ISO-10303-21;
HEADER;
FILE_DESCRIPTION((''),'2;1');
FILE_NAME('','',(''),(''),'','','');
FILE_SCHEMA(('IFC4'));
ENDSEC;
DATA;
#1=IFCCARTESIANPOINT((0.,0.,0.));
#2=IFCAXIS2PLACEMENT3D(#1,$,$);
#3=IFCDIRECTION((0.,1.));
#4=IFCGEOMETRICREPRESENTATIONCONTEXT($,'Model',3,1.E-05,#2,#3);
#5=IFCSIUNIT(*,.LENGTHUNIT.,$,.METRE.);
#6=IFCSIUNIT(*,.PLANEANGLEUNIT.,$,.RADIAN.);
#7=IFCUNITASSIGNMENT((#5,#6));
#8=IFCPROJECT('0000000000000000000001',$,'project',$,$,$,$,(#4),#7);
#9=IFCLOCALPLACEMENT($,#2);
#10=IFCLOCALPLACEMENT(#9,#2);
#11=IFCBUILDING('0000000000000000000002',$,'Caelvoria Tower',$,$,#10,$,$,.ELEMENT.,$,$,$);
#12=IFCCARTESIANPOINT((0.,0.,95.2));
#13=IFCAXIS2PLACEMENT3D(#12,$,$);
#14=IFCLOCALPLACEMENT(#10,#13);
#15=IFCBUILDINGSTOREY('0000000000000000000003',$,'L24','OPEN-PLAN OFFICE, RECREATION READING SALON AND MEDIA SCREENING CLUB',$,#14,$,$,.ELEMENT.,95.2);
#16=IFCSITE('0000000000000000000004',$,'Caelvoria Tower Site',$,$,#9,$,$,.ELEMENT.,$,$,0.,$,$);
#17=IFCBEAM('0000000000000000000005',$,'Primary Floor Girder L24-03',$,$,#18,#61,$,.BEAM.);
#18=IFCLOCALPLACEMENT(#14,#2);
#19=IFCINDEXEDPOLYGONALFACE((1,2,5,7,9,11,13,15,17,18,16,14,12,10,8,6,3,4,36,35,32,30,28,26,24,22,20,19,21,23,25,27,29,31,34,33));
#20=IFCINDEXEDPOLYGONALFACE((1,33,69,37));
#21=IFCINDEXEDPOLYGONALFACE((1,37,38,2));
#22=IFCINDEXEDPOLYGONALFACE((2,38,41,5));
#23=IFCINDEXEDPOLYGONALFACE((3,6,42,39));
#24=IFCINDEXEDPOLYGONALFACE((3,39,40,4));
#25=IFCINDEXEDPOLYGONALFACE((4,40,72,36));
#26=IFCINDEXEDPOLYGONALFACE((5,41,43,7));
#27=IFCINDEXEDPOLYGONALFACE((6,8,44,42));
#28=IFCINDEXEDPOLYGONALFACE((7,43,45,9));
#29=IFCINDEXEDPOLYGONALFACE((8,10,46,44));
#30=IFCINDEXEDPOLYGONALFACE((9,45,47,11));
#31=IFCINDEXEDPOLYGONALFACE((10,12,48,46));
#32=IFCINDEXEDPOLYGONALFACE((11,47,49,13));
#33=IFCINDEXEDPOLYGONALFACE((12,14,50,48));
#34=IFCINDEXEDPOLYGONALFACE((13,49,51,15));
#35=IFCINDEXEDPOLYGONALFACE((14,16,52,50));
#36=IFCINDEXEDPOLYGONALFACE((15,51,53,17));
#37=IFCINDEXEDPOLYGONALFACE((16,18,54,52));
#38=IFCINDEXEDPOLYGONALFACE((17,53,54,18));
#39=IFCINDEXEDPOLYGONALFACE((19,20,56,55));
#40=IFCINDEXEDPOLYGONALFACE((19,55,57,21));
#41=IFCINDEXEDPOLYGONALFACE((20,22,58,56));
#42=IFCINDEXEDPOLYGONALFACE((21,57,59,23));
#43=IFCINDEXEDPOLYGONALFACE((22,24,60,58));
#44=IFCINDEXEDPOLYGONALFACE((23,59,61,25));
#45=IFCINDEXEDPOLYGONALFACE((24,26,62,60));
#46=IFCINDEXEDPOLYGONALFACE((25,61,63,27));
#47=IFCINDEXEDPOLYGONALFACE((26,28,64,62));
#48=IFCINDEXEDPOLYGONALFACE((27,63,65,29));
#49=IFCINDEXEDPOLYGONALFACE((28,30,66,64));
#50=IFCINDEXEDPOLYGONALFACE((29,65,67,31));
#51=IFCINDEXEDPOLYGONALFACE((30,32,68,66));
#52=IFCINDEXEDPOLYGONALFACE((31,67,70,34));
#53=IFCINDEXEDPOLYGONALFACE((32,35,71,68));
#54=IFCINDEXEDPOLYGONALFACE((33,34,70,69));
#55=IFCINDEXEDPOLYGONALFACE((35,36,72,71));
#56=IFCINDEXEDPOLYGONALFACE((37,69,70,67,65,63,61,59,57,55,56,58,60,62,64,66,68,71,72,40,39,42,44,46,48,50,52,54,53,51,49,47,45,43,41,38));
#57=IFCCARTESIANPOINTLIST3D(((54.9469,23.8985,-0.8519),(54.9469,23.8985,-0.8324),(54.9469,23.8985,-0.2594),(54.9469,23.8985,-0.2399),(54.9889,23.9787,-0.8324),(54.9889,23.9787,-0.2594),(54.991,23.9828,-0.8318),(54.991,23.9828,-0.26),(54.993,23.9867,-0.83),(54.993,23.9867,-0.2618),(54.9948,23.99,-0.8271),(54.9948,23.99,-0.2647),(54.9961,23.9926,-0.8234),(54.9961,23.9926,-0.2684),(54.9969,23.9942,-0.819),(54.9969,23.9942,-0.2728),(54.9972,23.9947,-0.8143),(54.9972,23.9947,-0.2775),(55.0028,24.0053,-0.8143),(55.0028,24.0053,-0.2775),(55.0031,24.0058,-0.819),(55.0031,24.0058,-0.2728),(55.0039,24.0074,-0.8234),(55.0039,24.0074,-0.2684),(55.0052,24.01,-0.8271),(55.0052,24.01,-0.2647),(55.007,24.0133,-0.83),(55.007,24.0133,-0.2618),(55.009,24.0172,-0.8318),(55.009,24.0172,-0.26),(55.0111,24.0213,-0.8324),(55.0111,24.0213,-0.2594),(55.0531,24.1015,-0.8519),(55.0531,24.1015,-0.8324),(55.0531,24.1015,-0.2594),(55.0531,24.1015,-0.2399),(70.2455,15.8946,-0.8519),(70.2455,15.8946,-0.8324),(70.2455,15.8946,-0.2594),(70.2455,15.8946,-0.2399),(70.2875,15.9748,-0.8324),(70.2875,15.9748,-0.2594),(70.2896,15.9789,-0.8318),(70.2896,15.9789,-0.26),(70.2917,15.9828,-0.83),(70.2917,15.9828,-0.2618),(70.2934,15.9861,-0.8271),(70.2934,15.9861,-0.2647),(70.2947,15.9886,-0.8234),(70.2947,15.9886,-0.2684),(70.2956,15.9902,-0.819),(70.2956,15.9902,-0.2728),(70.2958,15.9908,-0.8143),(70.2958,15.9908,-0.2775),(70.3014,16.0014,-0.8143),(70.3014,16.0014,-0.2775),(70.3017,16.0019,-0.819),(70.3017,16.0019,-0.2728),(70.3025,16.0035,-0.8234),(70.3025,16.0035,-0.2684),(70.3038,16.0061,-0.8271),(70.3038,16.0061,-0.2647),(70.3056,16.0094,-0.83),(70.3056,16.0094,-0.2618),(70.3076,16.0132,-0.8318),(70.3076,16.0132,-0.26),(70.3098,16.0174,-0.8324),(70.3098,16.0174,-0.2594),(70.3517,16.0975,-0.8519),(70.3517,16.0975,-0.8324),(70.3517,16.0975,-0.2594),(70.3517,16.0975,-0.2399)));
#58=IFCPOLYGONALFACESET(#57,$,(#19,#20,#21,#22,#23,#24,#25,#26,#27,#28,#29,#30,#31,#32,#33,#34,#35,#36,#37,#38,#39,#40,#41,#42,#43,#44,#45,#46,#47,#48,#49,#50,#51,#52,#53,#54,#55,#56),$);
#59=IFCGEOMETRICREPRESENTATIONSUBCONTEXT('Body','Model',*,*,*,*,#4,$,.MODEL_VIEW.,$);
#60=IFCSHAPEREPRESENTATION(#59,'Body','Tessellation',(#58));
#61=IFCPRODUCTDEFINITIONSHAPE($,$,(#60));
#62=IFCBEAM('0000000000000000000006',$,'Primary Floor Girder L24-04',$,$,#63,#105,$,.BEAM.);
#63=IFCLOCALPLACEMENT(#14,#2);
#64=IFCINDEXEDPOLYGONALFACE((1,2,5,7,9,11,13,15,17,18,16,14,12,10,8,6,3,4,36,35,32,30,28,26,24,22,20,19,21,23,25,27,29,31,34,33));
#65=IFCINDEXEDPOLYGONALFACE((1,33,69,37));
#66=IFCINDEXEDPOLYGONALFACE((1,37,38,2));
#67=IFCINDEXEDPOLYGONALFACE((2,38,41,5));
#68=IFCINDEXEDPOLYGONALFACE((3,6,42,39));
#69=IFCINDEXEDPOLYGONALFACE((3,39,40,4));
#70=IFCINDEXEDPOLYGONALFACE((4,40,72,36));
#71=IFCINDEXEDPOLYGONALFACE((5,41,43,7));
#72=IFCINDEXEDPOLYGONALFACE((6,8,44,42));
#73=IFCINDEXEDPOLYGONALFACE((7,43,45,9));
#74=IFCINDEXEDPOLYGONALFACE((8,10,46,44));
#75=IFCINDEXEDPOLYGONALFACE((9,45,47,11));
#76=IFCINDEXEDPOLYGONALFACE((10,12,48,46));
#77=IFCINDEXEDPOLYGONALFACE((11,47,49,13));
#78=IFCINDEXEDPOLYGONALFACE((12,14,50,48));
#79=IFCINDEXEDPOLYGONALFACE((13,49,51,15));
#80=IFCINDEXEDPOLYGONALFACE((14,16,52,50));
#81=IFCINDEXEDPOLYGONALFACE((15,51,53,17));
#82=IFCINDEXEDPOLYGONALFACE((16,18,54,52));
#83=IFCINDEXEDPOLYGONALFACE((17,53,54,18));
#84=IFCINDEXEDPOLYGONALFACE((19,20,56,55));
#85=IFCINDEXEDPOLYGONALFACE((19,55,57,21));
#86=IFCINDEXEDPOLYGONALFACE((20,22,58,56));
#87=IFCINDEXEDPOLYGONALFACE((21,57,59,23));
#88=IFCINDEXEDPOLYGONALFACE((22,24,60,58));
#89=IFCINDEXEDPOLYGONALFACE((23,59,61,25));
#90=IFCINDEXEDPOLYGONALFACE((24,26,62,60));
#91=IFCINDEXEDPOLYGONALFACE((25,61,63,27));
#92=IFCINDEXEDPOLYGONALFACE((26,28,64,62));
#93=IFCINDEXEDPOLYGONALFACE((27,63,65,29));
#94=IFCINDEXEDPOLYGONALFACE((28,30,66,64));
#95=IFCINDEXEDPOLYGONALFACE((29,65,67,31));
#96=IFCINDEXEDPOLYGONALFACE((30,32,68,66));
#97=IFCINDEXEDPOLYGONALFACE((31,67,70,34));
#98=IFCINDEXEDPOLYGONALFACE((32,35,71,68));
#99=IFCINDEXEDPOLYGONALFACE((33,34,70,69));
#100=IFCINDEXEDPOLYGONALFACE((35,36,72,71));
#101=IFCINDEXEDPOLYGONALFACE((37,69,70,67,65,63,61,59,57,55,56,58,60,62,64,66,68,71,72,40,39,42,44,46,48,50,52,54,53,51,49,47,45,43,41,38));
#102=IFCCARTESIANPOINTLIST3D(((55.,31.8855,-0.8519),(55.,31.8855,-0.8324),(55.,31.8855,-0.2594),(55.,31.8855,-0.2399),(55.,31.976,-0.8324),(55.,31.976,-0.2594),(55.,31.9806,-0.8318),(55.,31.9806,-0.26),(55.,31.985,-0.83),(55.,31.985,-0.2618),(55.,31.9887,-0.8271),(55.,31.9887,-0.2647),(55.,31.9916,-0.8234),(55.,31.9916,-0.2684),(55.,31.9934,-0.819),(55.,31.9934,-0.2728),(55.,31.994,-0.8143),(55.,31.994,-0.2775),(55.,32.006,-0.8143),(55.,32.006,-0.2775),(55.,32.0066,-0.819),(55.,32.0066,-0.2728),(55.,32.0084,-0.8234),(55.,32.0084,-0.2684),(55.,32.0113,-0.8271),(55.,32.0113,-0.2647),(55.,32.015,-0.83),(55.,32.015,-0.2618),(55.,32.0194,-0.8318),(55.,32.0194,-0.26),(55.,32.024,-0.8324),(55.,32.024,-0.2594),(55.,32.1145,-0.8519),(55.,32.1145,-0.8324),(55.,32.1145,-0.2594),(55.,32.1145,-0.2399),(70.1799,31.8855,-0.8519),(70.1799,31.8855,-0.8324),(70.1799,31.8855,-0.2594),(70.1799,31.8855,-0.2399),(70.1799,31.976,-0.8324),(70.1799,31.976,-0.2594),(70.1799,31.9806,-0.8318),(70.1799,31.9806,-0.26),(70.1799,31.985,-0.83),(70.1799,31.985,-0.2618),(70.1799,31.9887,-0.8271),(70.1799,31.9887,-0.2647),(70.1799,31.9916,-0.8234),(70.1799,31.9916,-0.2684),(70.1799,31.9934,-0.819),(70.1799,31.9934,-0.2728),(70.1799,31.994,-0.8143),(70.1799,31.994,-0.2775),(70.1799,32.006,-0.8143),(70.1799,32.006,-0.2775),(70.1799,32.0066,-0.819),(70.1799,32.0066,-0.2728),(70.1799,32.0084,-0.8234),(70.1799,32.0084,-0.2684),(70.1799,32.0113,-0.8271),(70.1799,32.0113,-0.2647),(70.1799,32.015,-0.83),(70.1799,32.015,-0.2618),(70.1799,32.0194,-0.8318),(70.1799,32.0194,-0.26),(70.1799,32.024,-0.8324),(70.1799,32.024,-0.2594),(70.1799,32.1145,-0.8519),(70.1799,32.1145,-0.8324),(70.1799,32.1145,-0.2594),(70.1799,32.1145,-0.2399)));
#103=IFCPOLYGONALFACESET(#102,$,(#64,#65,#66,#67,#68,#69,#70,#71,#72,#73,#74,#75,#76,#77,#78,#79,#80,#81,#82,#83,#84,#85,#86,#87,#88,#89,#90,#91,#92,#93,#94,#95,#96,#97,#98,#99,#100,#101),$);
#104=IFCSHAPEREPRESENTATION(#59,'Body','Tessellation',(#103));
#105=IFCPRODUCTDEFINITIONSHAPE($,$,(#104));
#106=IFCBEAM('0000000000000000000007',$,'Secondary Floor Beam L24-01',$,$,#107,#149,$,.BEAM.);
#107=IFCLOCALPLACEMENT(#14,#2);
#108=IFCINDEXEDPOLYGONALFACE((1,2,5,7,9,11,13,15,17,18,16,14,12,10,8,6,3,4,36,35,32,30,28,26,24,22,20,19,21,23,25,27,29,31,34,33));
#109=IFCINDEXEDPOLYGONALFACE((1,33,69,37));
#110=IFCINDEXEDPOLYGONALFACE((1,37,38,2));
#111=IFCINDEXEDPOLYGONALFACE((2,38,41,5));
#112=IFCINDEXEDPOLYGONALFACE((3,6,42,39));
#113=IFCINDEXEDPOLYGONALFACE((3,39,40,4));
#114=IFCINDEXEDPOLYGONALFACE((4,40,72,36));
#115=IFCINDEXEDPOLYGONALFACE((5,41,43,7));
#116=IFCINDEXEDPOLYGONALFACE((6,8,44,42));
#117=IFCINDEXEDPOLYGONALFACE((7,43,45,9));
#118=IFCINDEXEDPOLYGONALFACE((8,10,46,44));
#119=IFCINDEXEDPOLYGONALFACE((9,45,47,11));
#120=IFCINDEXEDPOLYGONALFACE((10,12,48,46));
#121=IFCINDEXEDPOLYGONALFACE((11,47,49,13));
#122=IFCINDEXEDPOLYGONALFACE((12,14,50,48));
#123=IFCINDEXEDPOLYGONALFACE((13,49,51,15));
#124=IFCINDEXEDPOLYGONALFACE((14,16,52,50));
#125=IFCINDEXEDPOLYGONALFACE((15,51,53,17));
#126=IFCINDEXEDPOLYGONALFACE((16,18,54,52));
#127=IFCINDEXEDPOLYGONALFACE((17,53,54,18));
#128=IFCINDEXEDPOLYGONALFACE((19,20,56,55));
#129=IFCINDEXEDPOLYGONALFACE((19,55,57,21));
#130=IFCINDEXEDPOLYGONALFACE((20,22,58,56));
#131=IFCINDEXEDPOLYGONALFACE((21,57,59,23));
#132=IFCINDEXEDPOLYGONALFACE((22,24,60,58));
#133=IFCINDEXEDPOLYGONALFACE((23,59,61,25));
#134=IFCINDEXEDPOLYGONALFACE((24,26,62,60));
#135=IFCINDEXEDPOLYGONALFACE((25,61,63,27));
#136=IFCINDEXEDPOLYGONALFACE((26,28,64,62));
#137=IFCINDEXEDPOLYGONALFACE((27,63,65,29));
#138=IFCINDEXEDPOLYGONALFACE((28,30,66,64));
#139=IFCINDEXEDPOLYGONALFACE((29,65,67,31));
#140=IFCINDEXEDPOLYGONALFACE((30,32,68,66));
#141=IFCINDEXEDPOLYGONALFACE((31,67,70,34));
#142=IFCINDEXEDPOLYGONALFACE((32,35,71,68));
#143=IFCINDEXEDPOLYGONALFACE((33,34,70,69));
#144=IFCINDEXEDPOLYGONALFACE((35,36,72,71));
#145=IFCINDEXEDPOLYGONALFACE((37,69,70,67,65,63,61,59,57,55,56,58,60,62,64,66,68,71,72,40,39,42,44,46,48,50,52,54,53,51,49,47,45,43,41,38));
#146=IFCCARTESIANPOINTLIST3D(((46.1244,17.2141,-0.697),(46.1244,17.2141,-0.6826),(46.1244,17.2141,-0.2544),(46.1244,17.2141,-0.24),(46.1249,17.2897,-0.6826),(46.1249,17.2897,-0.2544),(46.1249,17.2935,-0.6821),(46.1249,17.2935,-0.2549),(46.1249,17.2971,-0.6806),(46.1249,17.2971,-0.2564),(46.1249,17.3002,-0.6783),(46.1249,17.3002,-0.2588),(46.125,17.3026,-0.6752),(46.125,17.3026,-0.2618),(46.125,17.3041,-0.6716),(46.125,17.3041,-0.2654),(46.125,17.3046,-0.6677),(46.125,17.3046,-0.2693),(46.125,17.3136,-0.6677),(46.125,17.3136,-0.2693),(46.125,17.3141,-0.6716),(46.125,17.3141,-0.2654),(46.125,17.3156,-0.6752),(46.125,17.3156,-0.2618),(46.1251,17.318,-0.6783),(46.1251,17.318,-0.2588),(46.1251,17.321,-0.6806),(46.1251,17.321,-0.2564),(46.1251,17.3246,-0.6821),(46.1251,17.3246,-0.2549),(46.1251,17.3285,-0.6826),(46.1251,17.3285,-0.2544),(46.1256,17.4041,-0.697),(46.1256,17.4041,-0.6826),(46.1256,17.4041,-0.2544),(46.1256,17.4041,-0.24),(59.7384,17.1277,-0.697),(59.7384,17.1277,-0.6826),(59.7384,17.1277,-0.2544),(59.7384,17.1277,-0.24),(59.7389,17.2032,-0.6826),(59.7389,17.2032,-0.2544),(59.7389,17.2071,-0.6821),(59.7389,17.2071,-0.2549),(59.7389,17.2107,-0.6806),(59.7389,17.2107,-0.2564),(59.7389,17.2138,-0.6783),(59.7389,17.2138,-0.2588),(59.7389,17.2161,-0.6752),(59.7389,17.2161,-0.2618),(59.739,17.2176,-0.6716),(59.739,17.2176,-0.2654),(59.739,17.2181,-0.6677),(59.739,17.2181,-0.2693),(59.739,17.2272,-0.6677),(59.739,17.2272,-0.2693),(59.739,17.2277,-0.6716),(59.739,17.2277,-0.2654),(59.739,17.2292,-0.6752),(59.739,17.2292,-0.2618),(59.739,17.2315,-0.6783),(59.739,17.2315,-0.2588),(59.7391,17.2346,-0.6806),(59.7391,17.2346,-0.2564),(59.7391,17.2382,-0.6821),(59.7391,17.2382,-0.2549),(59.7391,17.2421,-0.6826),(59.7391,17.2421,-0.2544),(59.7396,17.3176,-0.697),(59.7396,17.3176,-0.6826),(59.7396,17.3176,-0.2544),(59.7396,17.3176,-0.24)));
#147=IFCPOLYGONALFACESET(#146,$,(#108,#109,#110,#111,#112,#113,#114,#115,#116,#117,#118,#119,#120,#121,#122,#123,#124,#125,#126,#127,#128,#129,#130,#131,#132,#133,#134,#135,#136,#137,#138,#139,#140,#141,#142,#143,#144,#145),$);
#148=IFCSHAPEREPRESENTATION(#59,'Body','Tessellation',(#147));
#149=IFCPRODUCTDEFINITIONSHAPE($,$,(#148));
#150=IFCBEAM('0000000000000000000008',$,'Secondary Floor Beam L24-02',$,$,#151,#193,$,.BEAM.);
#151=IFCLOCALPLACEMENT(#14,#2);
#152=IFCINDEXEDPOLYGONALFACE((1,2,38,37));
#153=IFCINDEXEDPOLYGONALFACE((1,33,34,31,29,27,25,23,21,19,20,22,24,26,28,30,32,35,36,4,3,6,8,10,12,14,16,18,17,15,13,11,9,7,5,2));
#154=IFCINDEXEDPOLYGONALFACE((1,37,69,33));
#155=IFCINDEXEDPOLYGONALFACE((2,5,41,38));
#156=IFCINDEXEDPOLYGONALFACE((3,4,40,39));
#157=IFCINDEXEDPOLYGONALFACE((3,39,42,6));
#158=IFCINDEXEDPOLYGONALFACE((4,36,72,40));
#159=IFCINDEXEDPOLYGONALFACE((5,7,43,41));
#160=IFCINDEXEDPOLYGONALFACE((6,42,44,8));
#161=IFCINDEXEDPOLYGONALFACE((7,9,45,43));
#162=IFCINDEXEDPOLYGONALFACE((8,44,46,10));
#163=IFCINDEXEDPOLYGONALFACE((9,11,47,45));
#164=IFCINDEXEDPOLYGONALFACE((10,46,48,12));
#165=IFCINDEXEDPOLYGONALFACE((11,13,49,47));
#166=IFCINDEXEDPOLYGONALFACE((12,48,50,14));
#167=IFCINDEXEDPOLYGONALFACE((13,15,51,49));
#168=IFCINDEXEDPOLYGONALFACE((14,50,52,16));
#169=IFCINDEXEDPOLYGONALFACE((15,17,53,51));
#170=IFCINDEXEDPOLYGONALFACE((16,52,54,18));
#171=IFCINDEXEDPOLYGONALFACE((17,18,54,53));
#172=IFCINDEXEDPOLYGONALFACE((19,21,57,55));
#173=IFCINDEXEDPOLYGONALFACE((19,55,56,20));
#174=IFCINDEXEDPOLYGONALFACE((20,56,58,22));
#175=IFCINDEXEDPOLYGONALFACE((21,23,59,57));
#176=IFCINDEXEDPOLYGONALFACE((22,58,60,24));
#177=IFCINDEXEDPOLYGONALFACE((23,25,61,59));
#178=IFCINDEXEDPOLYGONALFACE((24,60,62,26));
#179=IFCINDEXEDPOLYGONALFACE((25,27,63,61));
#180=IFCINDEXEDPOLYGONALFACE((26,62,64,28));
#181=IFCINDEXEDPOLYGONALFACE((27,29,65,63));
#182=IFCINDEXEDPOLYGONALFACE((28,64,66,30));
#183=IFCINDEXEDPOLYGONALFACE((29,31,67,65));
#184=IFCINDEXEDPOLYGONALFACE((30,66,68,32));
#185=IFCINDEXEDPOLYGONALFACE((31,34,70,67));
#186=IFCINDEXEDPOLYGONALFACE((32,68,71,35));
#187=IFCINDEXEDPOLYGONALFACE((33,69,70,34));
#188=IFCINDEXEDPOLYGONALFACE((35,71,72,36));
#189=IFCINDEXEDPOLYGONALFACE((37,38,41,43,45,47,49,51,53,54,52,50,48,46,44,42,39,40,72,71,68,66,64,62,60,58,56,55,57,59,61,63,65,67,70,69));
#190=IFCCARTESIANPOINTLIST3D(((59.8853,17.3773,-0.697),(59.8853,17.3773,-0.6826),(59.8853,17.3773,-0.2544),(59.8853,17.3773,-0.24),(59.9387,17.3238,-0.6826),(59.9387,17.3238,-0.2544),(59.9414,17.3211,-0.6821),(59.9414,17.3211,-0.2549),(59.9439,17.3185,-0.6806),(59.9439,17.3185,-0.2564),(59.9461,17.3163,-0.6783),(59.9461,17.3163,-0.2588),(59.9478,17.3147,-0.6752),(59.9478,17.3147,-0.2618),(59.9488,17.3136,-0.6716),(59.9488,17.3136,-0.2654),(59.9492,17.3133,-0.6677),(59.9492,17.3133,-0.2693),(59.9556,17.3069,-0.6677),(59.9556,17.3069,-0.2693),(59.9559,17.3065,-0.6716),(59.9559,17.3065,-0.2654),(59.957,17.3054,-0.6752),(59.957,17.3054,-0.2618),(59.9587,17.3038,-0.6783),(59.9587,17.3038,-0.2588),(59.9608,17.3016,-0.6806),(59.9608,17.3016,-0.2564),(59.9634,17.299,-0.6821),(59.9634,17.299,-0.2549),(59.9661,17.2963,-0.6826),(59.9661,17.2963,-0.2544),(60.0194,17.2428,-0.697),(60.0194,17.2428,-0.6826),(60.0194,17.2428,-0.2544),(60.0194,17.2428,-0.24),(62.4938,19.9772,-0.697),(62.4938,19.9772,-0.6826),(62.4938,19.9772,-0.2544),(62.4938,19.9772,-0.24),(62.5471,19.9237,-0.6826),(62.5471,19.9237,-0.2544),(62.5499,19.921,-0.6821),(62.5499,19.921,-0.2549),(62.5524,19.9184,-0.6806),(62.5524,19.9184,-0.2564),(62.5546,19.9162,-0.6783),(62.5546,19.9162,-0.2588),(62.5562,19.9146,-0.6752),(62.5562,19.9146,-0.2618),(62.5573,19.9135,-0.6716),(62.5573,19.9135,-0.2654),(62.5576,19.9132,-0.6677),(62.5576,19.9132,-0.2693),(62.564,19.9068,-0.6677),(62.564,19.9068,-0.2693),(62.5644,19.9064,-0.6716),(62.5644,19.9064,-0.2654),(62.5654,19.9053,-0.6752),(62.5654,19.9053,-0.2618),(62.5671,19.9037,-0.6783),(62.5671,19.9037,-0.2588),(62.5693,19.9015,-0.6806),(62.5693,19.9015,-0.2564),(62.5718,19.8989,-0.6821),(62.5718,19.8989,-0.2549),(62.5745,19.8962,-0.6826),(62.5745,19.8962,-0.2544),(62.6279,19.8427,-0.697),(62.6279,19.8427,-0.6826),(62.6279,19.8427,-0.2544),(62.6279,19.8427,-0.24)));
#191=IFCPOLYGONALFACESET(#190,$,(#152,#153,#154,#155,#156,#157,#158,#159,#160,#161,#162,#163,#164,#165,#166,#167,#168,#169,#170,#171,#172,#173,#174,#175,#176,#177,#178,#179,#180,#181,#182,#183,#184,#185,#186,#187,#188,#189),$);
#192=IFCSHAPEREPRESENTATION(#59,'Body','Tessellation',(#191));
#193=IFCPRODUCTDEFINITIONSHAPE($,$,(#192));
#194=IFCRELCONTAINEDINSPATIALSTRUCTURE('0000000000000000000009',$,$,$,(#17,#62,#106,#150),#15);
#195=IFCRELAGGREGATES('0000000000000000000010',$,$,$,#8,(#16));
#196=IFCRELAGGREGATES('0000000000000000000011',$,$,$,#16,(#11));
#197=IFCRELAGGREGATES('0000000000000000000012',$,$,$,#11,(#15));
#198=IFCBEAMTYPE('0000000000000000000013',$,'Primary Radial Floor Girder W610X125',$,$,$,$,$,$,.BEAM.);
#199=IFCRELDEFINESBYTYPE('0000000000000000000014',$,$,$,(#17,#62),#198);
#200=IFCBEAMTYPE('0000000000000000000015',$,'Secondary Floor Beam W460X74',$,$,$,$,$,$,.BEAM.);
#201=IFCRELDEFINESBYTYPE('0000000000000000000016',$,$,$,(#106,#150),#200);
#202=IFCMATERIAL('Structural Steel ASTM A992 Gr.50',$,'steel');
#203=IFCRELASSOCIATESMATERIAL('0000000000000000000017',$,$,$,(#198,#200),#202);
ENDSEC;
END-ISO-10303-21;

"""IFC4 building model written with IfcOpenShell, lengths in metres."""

from ifc_helpers import new_model, si_unit, direction, frame, origin, origin_2d, place, context, subcontext, project, spatial, i_section, extrude, material, material_profile, profile_set, type_object, element, save


model = new_model("IFC4")

# Units and contexts
model_context = context("Model", 3, precision=1e-05, world=origin(), true_north=direction((0.0, 1.0)))
body_context = subcontext(model_context, "Body", "Model", "MODEL_VIEW")
ifc_project = project(units=[si_unit("LENGTHUNIT", "METRE"), si_unit("PLANEANGLEUNIT", "RADIAN")], contexts=[model_context])

# Site, building, storey
site_placement = place(None, origin())
site = spatial("IfcSite", under=ifc_project, at=site_placement, Name="Caelvoria Tower Site", CompositionType="ELEMENT", RefElevation=0.0)
building_placement = place(site_placement, origin())
building = spatial("IfcBuilding", under=site, at=building_placement, Name="Caelvoria Tower", CompositionType="ELEMENT")
storey_placement = place(building_placement, frame((0.0, 0.0, 95.2)))
storey = spatial("IfcBuildingStorey", under=building, at=storey_placement, Name="L24", Description="OPEN-PLAN OFFICE, RECREATION READING SALON AND MEDIA SCREENING CLUB", CompositionType="ELEMENT", Elevation=95.2)

# Beams
ifc_material_1 = material(Name="Structural Steel ASTM A992 Gr.50", Category="steel")
ifc_material_profile_1 = material_profile(ifc_material_1, i_section(OverallWidth=0.229, OverallDepth=0.6121, WebThickness=0.012, FlangeThickness=0.0195, FilletRadius=0.0181, at=origin_2d()), Name="Structural Steel ASTM A992 Gr.50")
ifc_profile_set_1 = profile_set([ifc_material_profile_1], Name="W610X125 - Structural Steel ASTM A992 Gr.50")
beam_type_1 = type_object("IfcBeamType", Name="Primary Radial Floor Girder W610X125", PredefinedType="BEAM", material=ifc_profile_set_1)
beam_1_placement = place(storey_placement, frame((55.0, 24.0, -0.5459), z_axis=(0.886061, -0.463569, 0.0), x_axis=(0.463569, 0.886061, 0.0)))
element("IfcBeam", 1, at=beam_1_placement, inside=storey, type_object=beam_type_1, Name="Primary Floor Girder L24-03", PredefinedType="BEAM", context=body_context, shape_type="SweptSolid", body=[
    extrude(i_section(OverallWidth=0.229, OverallDepth=0.6121, WebThickness=0.012, FlangeThickness=0.0195, FilletRadius=0.0181, at=origin_2d()), origin(), (0.0, 0.0, 1.0), 17.2659),
])
beam_2_placement = place(storey_placement, frame((55.0, 32.0, -0.5459), z_axis=(1.0, 0.0, 0.0), x_axis=(0.0, 1.0, 0.0)))
element("IfcBeam", 2, at=beam_2_placement, inside=storey, type_object=beam_type_1, Name="Primary Floor Girder L24-04", PredefinedType="BEAM", context=body_context, shape_type="SweptSolid", body=[
    extrude(i_section(OverallWidth=0.229, OverallDepth=0.6121, WebThickness=0.012, FlangeThickness=0.0195, FilletRadius=0.0181, at=origin_2d()), origin(), (0.0, 0.0, 1.0), 15.1799),
])
ifc_material_profile_2 = material_profile(ifc_material_1, i_section(OverallWidth=0.1899, OverallDepth=0.457, WebThickness=0.009, FlangeThickness=0.0144, FilletRadius=0.0149, at=origin_2d()), Name="Structural Steel ASTM A992 Gr.50")
ifc_profile_set_2 = profile_set([ifc_material_profile_2], Name="W460X74 - Structural Steel ASTM A992 Gr.50")
beam_type_2 = type_object("IfcBeamType", Name="Secondary Floor Beam W460X74", PredefinedType="BEAM", material=ifc_profile_set_2)
beam_3_placement = place(storey_placement, frame((46.125, 17.3091, -0.4685), z_axis=(0.99998, -0.006348, 0.0), x_axis=(0.006348, 0.99998, 0.0)))
element("IfcBeam", 3, at=beam_3_placement, inside=storey, type_object=beam_type_2, Name="Secondary Floor Beam L24-01", PredefinedType="BEAM", context=body_context, shape_type="SweptSolid", body=[
    extrude(i_section(OverallWidth=0.1899, OverallDepth=0.457, WebThickness=0.009, FlangeThickness=0.0144, FilletRadius=0.0149, at=origin_2d()), origin(), (0.0, 0.0, 1.0), 13.6143),
])
beam_4_placement = place(storey_placement, frame((59.9524, 17.3101, -0.4685), z_axis=(0.708266, 0.705946, 0.0), x_axis=(-0.705946, 0.708266, 0.0)))
element("IfcBeam", 4, at=beam_4_placement, inside=storey, type_object=beam_type_2, Name="Secondary Floor Beam L24-02", PredefinedType="BEAM", context=body_context, shape_type="SweptSolid", body=[
    extrude(i_section(OverallWidth=0.1899, OverallDepth=0.457, WebThickness=0.009, FlangeThickness=0.0144, FilletRadius=0.0149, at=origin_2d()), origin(), (0.0, 0.0, 1.0), 3.6829),
])

save(model, "model.ifc")
